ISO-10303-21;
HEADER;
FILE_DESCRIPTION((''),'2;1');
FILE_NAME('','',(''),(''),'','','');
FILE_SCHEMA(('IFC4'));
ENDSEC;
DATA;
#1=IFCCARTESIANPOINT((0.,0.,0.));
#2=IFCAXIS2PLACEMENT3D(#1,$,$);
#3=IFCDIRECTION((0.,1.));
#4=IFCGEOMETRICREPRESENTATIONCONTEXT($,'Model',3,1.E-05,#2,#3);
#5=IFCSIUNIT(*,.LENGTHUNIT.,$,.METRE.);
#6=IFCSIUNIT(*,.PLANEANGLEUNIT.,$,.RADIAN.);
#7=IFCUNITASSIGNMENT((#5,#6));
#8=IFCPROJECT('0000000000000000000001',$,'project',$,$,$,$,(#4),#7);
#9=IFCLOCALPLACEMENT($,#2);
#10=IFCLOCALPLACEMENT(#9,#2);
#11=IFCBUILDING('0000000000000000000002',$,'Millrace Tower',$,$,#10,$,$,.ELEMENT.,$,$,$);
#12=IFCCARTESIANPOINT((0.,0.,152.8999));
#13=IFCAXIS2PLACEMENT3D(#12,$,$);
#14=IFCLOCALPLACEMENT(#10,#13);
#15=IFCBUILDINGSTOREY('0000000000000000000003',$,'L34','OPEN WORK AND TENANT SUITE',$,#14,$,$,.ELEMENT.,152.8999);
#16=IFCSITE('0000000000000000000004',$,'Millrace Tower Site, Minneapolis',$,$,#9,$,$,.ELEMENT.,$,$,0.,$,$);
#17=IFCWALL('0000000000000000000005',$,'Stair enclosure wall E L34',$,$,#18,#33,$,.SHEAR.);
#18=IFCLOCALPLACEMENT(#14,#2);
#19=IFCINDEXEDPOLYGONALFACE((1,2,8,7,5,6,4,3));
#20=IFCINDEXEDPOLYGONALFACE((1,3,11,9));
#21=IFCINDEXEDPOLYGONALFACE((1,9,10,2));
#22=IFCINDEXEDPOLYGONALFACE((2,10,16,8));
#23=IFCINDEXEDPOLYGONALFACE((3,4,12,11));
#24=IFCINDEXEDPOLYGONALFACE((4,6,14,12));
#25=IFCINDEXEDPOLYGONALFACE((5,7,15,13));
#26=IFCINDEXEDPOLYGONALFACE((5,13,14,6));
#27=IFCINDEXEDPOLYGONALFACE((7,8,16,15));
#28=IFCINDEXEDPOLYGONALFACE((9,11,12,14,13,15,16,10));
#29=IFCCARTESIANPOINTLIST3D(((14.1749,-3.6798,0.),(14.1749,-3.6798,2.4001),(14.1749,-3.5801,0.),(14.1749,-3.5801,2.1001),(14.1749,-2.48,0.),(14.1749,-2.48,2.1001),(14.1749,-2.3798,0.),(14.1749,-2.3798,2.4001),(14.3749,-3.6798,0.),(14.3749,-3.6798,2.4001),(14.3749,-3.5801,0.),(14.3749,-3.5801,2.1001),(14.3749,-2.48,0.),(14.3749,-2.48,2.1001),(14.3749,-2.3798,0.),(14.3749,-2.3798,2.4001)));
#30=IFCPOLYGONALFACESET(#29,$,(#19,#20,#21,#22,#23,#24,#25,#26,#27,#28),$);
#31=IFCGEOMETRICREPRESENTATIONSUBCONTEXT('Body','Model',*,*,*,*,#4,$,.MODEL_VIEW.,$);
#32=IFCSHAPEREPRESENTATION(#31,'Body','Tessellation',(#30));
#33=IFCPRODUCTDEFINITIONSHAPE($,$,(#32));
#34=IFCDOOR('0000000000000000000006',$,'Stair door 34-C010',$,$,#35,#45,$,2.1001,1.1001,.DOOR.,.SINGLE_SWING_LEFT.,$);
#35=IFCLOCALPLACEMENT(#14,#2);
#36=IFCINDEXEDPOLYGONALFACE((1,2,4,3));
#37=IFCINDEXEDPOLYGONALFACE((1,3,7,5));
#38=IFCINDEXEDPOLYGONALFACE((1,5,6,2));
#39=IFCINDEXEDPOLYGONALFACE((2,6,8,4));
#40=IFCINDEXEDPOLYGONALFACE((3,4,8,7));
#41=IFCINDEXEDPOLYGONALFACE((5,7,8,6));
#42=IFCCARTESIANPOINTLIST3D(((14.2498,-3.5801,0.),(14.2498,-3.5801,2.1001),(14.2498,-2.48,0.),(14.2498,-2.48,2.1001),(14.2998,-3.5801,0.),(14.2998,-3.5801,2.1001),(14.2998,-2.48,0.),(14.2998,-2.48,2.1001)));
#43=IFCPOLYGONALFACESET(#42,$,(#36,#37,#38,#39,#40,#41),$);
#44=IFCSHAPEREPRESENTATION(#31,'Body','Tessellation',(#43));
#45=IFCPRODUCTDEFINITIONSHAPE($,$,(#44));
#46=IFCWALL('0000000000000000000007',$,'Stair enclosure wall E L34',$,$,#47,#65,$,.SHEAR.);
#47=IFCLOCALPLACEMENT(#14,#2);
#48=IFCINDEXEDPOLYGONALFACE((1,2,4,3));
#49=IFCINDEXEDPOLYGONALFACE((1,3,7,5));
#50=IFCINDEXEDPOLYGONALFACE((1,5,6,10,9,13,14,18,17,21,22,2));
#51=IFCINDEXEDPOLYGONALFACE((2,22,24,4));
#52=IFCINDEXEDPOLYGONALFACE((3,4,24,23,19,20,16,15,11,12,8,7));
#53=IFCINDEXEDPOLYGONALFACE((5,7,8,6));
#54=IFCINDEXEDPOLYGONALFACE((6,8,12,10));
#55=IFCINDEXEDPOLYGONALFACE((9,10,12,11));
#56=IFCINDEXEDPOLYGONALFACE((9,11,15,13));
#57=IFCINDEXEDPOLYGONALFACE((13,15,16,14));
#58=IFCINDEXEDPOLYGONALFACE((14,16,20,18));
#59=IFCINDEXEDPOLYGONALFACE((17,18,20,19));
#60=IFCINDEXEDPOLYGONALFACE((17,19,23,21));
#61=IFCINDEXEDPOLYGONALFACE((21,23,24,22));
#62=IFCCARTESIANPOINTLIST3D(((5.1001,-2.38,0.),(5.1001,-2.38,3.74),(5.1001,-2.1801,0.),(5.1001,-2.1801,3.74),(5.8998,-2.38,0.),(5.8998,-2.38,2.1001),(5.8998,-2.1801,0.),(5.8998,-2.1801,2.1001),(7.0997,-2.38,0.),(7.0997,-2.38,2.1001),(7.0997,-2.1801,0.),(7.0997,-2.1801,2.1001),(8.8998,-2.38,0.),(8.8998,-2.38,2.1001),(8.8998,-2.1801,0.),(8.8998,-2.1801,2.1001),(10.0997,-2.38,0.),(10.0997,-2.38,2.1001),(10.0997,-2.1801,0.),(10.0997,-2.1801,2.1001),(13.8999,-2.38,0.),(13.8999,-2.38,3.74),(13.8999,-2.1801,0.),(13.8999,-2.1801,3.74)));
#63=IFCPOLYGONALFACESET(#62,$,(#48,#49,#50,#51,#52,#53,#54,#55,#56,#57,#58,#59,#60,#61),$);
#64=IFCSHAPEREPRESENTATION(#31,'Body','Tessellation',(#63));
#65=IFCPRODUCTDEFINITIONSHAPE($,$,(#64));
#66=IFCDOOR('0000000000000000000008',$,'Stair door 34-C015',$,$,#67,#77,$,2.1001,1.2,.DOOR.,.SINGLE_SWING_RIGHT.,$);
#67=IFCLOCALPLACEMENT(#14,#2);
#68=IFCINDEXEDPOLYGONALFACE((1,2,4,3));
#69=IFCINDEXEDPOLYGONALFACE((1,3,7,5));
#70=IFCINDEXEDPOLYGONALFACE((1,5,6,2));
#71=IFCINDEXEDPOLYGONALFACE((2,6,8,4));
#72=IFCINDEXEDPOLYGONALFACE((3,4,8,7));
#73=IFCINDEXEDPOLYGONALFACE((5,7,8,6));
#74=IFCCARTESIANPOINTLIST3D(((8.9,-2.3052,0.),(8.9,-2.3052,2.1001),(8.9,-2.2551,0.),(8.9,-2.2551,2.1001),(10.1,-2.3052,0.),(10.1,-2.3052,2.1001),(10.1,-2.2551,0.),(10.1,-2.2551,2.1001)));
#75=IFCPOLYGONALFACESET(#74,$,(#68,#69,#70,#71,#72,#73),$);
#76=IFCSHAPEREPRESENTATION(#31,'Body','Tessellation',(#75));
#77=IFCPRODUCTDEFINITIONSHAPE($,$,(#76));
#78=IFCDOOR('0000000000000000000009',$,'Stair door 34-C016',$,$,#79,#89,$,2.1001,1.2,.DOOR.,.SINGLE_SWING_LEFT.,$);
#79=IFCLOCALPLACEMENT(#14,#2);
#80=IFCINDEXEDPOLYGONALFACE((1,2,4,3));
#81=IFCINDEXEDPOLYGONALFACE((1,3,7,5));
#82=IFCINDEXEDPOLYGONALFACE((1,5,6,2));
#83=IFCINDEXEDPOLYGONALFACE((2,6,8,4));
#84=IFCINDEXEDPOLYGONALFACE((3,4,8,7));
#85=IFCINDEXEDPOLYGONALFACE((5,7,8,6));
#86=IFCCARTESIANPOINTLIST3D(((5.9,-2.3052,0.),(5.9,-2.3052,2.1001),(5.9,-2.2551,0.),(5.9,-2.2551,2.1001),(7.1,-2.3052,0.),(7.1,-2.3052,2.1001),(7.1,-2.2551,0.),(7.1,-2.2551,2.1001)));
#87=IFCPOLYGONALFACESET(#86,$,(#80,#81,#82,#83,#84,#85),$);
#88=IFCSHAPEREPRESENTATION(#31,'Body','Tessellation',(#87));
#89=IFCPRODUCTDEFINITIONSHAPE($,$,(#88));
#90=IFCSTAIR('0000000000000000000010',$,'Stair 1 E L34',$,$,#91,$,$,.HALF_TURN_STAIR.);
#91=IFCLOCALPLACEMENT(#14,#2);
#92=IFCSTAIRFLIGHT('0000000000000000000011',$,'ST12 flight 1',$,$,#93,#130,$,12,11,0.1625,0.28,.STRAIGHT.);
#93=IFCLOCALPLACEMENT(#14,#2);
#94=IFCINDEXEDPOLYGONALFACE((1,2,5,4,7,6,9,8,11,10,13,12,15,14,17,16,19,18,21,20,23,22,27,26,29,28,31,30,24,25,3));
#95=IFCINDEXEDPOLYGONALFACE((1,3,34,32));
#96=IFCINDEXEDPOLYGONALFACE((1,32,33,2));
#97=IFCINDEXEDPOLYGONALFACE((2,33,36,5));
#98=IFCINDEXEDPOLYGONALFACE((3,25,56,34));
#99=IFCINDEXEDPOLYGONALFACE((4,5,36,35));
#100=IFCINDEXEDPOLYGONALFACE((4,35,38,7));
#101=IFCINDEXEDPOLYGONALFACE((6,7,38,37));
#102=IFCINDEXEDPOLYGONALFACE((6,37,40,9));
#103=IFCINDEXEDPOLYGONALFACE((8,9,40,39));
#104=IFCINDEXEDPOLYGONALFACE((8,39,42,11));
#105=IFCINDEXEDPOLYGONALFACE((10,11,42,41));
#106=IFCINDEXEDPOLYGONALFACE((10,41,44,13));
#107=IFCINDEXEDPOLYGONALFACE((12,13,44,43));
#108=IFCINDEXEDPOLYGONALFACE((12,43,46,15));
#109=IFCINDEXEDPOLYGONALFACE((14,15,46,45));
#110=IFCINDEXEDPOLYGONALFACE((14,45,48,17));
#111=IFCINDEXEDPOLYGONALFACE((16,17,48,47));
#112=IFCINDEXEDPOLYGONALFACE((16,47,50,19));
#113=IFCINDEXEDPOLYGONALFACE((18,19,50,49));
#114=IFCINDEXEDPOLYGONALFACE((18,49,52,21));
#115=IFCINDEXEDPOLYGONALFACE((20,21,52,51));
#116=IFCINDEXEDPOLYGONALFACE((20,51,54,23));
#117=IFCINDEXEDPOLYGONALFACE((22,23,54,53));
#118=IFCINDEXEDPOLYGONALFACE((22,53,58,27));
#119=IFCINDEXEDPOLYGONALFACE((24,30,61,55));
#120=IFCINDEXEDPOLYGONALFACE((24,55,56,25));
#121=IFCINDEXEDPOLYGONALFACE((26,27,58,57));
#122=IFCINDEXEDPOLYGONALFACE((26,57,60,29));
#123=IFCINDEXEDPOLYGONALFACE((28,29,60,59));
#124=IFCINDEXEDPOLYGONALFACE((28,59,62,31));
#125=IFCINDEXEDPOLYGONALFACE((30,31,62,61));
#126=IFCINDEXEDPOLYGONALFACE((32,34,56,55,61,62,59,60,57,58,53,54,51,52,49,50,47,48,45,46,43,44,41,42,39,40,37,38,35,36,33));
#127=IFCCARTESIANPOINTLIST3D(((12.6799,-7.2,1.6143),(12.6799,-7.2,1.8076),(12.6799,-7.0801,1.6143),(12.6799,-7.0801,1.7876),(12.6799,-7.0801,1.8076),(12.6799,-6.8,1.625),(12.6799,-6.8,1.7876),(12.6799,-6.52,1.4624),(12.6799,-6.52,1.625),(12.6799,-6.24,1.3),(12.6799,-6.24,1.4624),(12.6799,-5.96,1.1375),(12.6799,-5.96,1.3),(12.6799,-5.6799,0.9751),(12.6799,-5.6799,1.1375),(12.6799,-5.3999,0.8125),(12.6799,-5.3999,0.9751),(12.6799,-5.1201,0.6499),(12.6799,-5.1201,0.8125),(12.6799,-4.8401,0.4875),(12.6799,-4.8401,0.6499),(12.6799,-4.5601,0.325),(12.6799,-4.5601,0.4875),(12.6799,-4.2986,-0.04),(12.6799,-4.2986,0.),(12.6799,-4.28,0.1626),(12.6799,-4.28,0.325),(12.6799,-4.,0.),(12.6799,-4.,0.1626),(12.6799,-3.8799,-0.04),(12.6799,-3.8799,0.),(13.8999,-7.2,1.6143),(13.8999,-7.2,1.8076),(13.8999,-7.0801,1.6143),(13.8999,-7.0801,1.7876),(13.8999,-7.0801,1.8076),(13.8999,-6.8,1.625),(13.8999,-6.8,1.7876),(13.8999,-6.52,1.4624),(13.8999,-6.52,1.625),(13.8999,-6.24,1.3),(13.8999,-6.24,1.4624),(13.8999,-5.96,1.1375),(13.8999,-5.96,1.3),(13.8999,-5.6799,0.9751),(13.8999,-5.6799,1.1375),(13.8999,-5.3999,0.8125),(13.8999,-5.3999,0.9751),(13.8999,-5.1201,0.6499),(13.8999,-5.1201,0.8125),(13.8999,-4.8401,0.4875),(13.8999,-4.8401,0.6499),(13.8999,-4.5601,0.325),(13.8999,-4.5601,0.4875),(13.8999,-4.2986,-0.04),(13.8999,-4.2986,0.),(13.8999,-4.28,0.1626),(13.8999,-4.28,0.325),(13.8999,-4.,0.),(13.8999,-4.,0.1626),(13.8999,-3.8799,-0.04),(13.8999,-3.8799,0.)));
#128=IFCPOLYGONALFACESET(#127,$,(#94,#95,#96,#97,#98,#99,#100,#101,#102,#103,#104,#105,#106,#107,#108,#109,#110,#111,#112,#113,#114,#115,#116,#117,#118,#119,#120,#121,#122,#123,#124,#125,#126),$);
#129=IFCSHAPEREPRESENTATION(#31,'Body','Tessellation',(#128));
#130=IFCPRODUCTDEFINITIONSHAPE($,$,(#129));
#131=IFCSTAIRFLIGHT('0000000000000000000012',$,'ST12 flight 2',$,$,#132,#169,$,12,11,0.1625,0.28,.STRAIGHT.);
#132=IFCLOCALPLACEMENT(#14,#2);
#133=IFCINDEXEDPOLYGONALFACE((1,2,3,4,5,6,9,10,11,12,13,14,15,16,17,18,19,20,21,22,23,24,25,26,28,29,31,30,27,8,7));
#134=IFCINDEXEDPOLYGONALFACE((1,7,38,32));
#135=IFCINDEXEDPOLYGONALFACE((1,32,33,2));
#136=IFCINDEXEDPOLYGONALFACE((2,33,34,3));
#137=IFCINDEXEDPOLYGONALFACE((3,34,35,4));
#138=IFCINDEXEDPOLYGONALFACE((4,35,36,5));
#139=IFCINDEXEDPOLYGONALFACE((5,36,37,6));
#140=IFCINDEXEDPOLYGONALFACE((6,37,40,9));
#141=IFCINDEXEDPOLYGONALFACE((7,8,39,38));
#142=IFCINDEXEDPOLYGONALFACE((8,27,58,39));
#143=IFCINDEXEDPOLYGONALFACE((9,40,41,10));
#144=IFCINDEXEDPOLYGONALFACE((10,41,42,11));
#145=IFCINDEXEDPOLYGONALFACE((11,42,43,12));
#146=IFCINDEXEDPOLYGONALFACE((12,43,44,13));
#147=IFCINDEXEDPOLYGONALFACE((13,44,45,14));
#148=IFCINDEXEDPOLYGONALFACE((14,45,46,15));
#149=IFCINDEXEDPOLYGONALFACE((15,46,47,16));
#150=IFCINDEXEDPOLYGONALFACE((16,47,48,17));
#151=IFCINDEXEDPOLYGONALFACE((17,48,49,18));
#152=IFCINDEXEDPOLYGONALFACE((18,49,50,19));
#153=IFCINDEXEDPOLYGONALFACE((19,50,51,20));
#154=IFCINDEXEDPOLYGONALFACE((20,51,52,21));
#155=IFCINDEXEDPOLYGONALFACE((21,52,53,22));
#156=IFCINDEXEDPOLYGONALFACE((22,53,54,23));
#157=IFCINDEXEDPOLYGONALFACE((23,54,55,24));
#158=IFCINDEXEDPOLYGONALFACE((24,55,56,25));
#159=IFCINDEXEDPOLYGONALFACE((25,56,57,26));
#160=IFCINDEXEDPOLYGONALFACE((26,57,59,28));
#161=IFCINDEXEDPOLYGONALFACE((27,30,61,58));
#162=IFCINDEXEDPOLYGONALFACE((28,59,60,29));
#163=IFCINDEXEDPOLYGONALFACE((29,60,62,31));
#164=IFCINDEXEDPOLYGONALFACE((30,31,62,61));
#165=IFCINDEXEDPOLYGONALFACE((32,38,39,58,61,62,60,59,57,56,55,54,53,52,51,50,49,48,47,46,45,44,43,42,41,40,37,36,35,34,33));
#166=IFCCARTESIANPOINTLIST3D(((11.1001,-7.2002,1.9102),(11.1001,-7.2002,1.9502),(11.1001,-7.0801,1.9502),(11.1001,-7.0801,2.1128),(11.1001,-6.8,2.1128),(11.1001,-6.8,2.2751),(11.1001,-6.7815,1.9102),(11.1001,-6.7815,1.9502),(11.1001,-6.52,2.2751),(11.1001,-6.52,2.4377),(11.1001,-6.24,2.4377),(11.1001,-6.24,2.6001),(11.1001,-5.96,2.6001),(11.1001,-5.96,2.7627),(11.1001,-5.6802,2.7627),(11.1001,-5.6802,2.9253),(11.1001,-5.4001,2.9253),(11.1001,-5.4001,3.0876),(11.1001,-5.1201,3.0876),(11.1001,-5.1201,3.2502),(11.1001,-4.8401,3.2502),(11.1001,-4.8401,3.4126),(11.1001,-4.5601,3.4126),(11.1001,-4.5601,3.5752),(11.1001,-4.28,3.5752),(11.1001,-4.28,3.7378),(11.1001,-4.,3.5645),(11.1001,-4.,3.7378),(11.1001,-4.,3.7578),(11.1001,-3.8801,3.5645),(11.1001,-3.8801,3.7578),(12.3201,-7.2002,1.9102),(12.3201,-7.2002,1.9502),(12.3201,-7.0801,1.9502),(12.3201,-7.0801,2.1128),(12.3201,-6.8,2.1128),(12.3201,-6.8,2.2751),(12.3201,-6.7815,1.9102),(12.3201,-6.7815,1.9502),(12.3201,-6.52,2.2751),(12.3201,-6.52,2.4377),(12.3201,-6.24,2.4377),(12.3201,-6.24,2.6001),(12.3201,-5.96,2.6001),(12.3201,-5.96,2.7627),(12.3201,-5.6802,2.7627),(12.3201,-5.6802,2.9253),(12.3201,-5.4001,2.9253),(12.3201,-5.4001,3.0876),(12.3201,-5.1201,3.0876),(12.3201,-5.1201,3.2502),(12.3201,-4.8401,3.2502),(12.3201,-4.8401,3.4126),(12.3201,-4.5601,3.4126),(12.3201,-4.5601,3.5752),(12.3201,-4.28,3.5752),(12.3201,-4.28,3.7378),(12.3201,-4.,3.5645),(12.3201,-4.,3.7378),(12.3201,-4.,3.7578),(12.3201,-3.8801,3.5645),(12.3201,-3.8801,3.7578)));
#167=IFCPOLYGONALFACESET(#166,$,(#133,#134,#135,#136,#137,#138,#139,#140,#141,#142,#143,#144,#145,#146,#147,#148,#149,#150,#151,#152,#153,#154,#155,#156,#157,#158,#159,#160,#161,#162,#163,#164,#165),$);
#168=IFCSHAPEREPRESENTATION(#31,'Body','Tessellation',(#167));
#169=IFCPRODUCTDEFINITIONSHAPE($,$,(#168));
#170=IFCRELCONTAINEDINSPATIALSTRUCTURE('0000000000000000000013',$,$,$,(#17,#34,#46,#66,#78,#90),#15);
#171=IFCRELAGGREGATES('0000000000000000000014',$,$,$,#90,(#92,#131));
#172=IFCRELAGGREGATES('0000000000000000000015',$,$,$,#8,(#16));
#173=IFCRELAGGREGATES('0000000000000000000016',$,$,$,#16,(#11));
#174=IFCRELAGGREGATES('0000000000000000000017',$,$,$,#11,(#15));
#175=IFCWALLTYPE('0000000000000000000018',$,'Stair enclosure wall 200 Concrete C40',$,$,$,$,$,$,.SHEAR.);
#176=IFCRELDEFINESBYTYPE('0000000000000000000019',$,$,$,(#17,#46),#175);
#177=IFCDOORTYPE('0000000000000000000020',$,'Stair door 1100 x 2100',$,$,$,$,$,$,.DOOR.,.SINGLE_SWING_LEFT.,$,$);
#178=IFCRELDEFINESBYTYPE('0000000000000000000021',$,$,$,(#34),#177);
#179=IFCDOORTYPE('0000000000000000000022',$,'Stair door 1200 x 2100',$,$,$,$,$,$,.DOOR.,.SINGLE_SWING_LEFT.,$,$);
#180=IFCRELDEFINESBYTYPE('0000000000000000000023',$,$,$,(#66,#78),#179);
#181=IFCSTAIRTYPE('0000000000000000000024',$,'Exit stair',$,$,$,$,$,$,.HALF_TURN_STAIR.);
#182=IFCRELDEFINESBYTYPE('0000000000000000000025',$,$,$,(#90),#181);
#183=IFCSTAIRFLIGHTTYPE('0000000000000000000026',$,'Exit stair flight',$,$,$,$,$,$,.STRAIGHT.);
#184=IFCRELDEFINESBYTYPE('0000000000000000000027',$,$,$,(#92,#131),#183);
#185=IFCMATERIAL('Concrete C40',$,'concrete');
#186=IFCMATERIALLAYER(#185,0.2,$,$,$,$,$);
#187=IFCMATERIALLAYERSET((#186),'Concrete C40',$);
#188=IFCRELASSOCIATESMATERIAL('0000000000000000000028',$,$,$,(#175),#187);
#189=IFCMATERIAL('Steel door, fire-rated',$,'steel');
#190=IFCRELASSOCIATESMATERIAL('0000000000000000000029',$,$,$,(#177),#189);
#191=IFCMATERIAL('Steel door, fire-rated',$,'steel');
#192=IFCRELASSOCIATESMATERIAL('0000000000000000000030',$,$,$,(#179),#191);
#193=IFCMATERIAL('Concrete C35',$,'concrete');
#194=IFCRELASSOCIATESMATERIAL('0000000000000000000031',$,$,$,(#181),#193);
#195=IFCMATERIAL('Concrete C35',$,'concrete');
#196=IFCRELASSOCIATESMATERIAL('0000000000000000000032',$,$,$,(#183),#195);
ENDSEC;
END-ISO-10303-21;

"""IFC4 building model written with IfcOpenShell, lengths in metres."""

from ifc_helpers import new_model, si_unit, direction, frame, frame_2d, origin, place, context, subcontext, project, spatial, polyline, rectangle, outline, extrude, material, layer, layer_set, type_object, element, fill, aggregate, save


model = new_model("IFC4")

# Units and contexts
model_context = context("Model", 3, precision=1e-05, world=origin(), true_north=direction((0.0, 1.0)))
body_context = subcontext(model_context, "Body", "Model", "MODEL_VIEW")
ifc_project = project(units=[si_unit("LENGTHUNIT", "METRE"), si_unit("PLANEANGLEUNIT", "RADIAN")], contexts=[model_context])

# Site, building, storey
site_placement = place(None, origin())
site = spatial("IfcSite", under=ifc_project, at=site_placement, Name="Millrace Tower Site, Minneapolis", CompositionType="ELEMENT", RefElevation=0.0)
building_placement = place(site_placement, origin())
building = spatial("IfcBuilding", under=site, at=building_placement, Name="Millrace Tower", CompositionType="ELEMENT")
storey_placement = place(building_placement, frame((0.0, 0.0, 152.8999)))
storey = spatial("IfcBuildingStorey", under=building, at=storey_placement, Name="L34", Description="OPEN WORK AND TENANT SUITE", CompositionType="ELEMENT", Elevation=152.8999)

# Shared definitions
placement = place(storey_placement, origin())

# Wall, opening, door
ifc_material_1 = material(Name="Concrete C40", Category="concrete")
ifc_layer_1 = layer(ifc_material_1, 0.2)
ifc_layer_set_1 = layer_set([ifc_layer_1], Name="Concrete C40")
wall_type_1 = type_object("IfcWallType", Name="Stair enclosure wall 200 Concrete C40", PredefinedType="SHEAR", material=ifc_layer_set_1)
wall_1_placement = place(storey_placement, frame((14.2749, -2.3799, 0.0), z_axis=(0.0, 0.0, 1.0), x_axis=(0.0, -1.0, 0.0)))
wall_1 = element("IfcWall", 1, at=wall_1_placement, inside=storey, type_object=wall_type_1, Name="Stair enclosure wall E L34", PredefinedType="SHEAR", context=body_context, shape_type="SweptSolid", body=[
    extrude(rectangle(XDim=1.3, YDim=0.2, at=frame_2d((0.6499, 0.0))), origin(), (0.0, 0.0, 1.0), 2.4001),
])
opening_1_placement = place(wall_1_placement, frame((0.1001, 0.0, 0.0)))
opening_1 = element("IfcOpeningElement", 2, at=opening_1_placement, cuts=wall_1, PredefinedType="OPENING", context=body_context, shape_type="SweptSolid", body=[
    extrude(rectangle(XDim=1.1001, YDim=2.1001, at=frame_2d((0.55, 1.05))), frame((0.0, 0.1099, 0.0), z_axis=(0.0, -1.0, 0.0), x_axis=(1.0, 0.0, 0.0)), (0.0, 0.0, 1.0), 0.22),
])
ifc_material_2 = material(Name="Steel door, fire-rated", Category="steel")
door_type_1 = type_object("IfcDoorType", Name="Stair door 1100 x 2100", OperationType="SINGLE_SWING_LEFT", PredefinedType="DOOR", material=ifc_material_2)
door_1_placement = place(opening_1_placement, origin())
door_1 = element("IfcDoor", 3, at=door_1_placement, inside=storey, type_object=door_type_1, Name="Stair door 34-C010", OperationType="SINGLE_SWING_LEFT", OverallHeight=2.1001, OverallWidth=1.1001, PredefinedType="DOOR", context=body_context, shape_type="SweptSolid", body=[
    extrude(rectangle(XDim=1.1001, YDim=2.1001, at=frame_2d((0.55, 1.05))), frame((0.0, 0.0249, 0.0), z_axis=(0.0, -1.0, 0.0), x_axis=(1.0, 0.0, 0.0)), (0.0, 0.0, 1.0), 0.05),
])
fill(opening_1, door_1)

# Wall, openings, doors
wall_2_placement = place(storey_placement, frame((13.8999, -2.28, 0.0), z_axis=(0.0, 0.0, 1.0), x_axis=(-1.0, 0.0, 0.0)))
wall_2 = element("IfcWall", 4, at=wall_2_placement, inside=storey, type_object=wall_type_1, Name="Stair enclosure wall E L34", PredefinedType="SHEAR", context=body_context, shape_type="SweptSolid", body=[
    extrude(rectangle(XDim=8.7998, YDim=0.2, at=frame_2d((4.3999, 0.0))), origin(), (0.0, 0.0, 1.0), 3.74),
])
opening_2_placement = place(wall_2_placement, frame((3.8, 0.0, 0.0)))
opening_2 = element("IfcOpeningElement", 5, at=opening_2_placement, cuts=wall_2, PredefinedType="OPENING", context=body_context, shape_type="SweptSolid", body=[
    extrude(rectangle(XDim=1.2, YDim=2.1001, at=frame_2d((0.6001, 1.05))), frame((0.0, 0.1099, 0.0), z_axis=(0.0, -1.0, 0.0), x_axis=(1.0, 0.0, 0.0)), (0.0, 0.0, 1.0), 0.22),
])
opening_3_placement = place(wall_2_placement, frame((6.8, 0.0, 0.0)))
opening_3 = element("IfcOpeningElement", 6, at=opening_3_placement, cuts=wall_2, PredefinedType="OPENING", context=body_context, shape_type="SweptSolid", body=[
    extrude(rectangle(XDim=1.2, YDim=2.1001, at=frame_2d((0.6001, 1.05))), frame((0.0, 0.1099, 0.0), z_axis=(0.0, -1.0, 0.0), x_axis=(1.0, 0.0, 0.0)), (0.0, 0.0, 1.0), 0.22),
])
ifc_material_3 = material(Name="Steel door, fire-rated", Category="steel")
door_type_2 = type_object("IfcDoorType", Name="Stair door 1200 x 2100", OperationType="SINGLE_SWING_LEFT", PredefinedType="DOOR", material=ifc_material_3)
door_2_placement = place(opening_2_placement, frame((1.2, 0.0, 0.0), z_axis=(0.0, 0.0, 1.0), x_axis=(-1.0, 0.0, 0.0)))
door_2 = element("IfcDoor", 7, at=door_2_placement, inside=storey, type_object=door_type_2, Name="Stair door 34-C015", OperationType="SINGLE_SWING_RIGHT", OverallHeight=2.1001, OverallWidth=1.2, PredefinedType="DOOR", context=body_context, shape_type="SweptSolid", body=[
    extrude(rectangle(XDim=1.2, YDim=2.1001, at=frame_2d((0.6001, 1.05))), frame((0.0, 0.0249, 0.0), z_axis=(0.0, -1.0, 0.0), x_axis=(1.0, 0.0, 0.0)), (0.0, 0.0, 1.0), 0.05),
])
fill(opening_2, door_2)
door_3_placement = place(opening_3_placement, frame((1.2, 0.0, 0.0), z_axis=(0.0, 0.0, 1.0), x_axis=(-1.0, 0.0, 0.0)))
door_3 = element("IfcDoor", 8, at=door_3_placement, inside=storey, type_object=door_type_2, Name="Stair door 34-C016", OperationType="SINGLE_SWING_LEFT", OverallHeight=2.1001, OverallWidth=1.2, PredefinedType="DOOR", context=body_context, shape_type="SweptSolid", body=[
    extrude(rectangle(XDim=1.2, YDim=2.1001, at=frame_2d((0.6001, 1.05))), frame((0.0, 0.0249, 0.0), z_axis=(0.0, -1.0, 0.0), x_axis=(1.0, 0.0, 0.0)), (0.0, 0.0, 1.0), 0.05),
])
fill(opening_3, door_3)

# Stair, stair flights
ifc_material_4 = material(Name="Concrete C35", Category="concrete")
stair_type = type_object("IfcStairType", Name="Exit stair", PredefinedType="HALF_TURN_STAIR", material=ifc_material_4)
stair = element("IfcStair", 9, at=placement, inside=storey, type_object=stair_type, Name="Stair 1 E L34", PredefinedType="HALF_TURN_STAIR")
ifc_material_5 = material(Name="Concrete C35", Category="concrete")
stair_flight_type = type_object("IfcStairFlightType", Name="Exit stair flight", PredefinedType="STRAIGHT", material=ifc_material_5)
stair_flight_1_placement = place(storey_placement, frame((13.29, -4.0, 0.0), z_axis=(0.0, 0.0, 1.0), x_axis=(0.0, -1.0, 0.0)))
stair_flight_1 = element("IfcStairFlight", 10, at=stair_flight_1_placement, type_object=stair_flight_type, Name="ST12 flight 1", NumberOfRisers=12, NumberOfTreads=11, PredefinedType="STRAIGHT", RiserHeight=0.1625, TreadLength=0.28, context=body_context, shape_type="SweptSolid", body=[
    extrude(outline(polyline([(-0.1201, -0.04), (-0.1201, 0.0), (0.0, 0.0), (0.0, 0.1626), (0.28, 0.1626), (0.28, 0.325), (0.5601, 0.325), (0.5601, 0.4875), (0.8401, 0.4875), (0.8401, 0.6499), (1.1201, 0.6499), (1.1201, 0.8125), (1.3999, 0.8125), (1.3999, 0.9751), (1.6799, 0.9751), (1.6799, 1.1375), (1.96, 1.1375), (1.96, 1.3), (2.24, 1.3), (2.24, 1.4624), (2.52, 1.4624), (2.52, 1.625), (2.8, 1.625), (2.8, 1.7876), (3.0801, 1.7876), (3.0801, 1.8076), (3.2, 1.8076), (3.2, 1.6143), (3.0801, 1.6143), (0.2986, 0.0), (0.2986, -0.04), (-0.1201, -0.04)])), frame((0.0, 0.6099, 0.0), z_axis=(0.0, -1.0, 0.0), x_axis=(1.0, 0.0, 0.0)), (0.0, 0.0, 1.0), 1.22),
])
stair_flight_2_placement = place(storey_placement, frame((11.71, -7.0801, 1.9502), z_axis=(0.0, 0.0, 1.0), x_axis=(0.0, 1.0, 0.0)))
stair_flight_2 = element("IfcStairFlight", 11, at=stair_flight_2_placement, type_object=stair_flight_type, Name="ST12 flight 2", NumberOfRisers=12, NumberOfTreads=11, PredefinedType="STRAIGHT", RiserHeight=0.1625, TreadLength=0.28, context=body_context, shape_type="SweptSolid", body=[
    extrude(outline(polyline([(-0.1201, -0.04), (-0.1201, 0.0), (0.0, 0.0), (0.0, 0.1626), (0.28, 0.1626), (0.28, 0.325), (0.5601, 0.325), (0.5601, 0.4875), (0.8401, 0.4875), (0.8401, 0.6499), (1.1201, 0.6499), (1.1201, 0.8125), (1.3999, 0.8125), (1.3999, 0.9751), (1.6799, 0.9751), (1.6799, 1.1375), (1.96, 1.1375), (1.96, 1.3), (2.24, 1.3), (2.24, 1.4624), (2.52, 1.4624), (2.52, 1.625), (2.8, 1.625), (2.8, 1.7876), (3.0801, 1.7876), (3.0801, 1.8076), (3.2, 1.8076), (3.2, 1.6143), (3.0801, 1.6143), (0.2986, 0.0), (0.2986, -0.04), (-0.1201, -0.04)])), frame((0.0, 0.6099, 0.0), z_axis=(0.0, -1.0, 0.0), x_axis=(1.0, 0.0, 0.0)), (0.0, 0.0, 1.0), 1.22),
])
aggregate(stair, [stair_flight_1, stair_flight_2])

save(model, "model.ifc")
